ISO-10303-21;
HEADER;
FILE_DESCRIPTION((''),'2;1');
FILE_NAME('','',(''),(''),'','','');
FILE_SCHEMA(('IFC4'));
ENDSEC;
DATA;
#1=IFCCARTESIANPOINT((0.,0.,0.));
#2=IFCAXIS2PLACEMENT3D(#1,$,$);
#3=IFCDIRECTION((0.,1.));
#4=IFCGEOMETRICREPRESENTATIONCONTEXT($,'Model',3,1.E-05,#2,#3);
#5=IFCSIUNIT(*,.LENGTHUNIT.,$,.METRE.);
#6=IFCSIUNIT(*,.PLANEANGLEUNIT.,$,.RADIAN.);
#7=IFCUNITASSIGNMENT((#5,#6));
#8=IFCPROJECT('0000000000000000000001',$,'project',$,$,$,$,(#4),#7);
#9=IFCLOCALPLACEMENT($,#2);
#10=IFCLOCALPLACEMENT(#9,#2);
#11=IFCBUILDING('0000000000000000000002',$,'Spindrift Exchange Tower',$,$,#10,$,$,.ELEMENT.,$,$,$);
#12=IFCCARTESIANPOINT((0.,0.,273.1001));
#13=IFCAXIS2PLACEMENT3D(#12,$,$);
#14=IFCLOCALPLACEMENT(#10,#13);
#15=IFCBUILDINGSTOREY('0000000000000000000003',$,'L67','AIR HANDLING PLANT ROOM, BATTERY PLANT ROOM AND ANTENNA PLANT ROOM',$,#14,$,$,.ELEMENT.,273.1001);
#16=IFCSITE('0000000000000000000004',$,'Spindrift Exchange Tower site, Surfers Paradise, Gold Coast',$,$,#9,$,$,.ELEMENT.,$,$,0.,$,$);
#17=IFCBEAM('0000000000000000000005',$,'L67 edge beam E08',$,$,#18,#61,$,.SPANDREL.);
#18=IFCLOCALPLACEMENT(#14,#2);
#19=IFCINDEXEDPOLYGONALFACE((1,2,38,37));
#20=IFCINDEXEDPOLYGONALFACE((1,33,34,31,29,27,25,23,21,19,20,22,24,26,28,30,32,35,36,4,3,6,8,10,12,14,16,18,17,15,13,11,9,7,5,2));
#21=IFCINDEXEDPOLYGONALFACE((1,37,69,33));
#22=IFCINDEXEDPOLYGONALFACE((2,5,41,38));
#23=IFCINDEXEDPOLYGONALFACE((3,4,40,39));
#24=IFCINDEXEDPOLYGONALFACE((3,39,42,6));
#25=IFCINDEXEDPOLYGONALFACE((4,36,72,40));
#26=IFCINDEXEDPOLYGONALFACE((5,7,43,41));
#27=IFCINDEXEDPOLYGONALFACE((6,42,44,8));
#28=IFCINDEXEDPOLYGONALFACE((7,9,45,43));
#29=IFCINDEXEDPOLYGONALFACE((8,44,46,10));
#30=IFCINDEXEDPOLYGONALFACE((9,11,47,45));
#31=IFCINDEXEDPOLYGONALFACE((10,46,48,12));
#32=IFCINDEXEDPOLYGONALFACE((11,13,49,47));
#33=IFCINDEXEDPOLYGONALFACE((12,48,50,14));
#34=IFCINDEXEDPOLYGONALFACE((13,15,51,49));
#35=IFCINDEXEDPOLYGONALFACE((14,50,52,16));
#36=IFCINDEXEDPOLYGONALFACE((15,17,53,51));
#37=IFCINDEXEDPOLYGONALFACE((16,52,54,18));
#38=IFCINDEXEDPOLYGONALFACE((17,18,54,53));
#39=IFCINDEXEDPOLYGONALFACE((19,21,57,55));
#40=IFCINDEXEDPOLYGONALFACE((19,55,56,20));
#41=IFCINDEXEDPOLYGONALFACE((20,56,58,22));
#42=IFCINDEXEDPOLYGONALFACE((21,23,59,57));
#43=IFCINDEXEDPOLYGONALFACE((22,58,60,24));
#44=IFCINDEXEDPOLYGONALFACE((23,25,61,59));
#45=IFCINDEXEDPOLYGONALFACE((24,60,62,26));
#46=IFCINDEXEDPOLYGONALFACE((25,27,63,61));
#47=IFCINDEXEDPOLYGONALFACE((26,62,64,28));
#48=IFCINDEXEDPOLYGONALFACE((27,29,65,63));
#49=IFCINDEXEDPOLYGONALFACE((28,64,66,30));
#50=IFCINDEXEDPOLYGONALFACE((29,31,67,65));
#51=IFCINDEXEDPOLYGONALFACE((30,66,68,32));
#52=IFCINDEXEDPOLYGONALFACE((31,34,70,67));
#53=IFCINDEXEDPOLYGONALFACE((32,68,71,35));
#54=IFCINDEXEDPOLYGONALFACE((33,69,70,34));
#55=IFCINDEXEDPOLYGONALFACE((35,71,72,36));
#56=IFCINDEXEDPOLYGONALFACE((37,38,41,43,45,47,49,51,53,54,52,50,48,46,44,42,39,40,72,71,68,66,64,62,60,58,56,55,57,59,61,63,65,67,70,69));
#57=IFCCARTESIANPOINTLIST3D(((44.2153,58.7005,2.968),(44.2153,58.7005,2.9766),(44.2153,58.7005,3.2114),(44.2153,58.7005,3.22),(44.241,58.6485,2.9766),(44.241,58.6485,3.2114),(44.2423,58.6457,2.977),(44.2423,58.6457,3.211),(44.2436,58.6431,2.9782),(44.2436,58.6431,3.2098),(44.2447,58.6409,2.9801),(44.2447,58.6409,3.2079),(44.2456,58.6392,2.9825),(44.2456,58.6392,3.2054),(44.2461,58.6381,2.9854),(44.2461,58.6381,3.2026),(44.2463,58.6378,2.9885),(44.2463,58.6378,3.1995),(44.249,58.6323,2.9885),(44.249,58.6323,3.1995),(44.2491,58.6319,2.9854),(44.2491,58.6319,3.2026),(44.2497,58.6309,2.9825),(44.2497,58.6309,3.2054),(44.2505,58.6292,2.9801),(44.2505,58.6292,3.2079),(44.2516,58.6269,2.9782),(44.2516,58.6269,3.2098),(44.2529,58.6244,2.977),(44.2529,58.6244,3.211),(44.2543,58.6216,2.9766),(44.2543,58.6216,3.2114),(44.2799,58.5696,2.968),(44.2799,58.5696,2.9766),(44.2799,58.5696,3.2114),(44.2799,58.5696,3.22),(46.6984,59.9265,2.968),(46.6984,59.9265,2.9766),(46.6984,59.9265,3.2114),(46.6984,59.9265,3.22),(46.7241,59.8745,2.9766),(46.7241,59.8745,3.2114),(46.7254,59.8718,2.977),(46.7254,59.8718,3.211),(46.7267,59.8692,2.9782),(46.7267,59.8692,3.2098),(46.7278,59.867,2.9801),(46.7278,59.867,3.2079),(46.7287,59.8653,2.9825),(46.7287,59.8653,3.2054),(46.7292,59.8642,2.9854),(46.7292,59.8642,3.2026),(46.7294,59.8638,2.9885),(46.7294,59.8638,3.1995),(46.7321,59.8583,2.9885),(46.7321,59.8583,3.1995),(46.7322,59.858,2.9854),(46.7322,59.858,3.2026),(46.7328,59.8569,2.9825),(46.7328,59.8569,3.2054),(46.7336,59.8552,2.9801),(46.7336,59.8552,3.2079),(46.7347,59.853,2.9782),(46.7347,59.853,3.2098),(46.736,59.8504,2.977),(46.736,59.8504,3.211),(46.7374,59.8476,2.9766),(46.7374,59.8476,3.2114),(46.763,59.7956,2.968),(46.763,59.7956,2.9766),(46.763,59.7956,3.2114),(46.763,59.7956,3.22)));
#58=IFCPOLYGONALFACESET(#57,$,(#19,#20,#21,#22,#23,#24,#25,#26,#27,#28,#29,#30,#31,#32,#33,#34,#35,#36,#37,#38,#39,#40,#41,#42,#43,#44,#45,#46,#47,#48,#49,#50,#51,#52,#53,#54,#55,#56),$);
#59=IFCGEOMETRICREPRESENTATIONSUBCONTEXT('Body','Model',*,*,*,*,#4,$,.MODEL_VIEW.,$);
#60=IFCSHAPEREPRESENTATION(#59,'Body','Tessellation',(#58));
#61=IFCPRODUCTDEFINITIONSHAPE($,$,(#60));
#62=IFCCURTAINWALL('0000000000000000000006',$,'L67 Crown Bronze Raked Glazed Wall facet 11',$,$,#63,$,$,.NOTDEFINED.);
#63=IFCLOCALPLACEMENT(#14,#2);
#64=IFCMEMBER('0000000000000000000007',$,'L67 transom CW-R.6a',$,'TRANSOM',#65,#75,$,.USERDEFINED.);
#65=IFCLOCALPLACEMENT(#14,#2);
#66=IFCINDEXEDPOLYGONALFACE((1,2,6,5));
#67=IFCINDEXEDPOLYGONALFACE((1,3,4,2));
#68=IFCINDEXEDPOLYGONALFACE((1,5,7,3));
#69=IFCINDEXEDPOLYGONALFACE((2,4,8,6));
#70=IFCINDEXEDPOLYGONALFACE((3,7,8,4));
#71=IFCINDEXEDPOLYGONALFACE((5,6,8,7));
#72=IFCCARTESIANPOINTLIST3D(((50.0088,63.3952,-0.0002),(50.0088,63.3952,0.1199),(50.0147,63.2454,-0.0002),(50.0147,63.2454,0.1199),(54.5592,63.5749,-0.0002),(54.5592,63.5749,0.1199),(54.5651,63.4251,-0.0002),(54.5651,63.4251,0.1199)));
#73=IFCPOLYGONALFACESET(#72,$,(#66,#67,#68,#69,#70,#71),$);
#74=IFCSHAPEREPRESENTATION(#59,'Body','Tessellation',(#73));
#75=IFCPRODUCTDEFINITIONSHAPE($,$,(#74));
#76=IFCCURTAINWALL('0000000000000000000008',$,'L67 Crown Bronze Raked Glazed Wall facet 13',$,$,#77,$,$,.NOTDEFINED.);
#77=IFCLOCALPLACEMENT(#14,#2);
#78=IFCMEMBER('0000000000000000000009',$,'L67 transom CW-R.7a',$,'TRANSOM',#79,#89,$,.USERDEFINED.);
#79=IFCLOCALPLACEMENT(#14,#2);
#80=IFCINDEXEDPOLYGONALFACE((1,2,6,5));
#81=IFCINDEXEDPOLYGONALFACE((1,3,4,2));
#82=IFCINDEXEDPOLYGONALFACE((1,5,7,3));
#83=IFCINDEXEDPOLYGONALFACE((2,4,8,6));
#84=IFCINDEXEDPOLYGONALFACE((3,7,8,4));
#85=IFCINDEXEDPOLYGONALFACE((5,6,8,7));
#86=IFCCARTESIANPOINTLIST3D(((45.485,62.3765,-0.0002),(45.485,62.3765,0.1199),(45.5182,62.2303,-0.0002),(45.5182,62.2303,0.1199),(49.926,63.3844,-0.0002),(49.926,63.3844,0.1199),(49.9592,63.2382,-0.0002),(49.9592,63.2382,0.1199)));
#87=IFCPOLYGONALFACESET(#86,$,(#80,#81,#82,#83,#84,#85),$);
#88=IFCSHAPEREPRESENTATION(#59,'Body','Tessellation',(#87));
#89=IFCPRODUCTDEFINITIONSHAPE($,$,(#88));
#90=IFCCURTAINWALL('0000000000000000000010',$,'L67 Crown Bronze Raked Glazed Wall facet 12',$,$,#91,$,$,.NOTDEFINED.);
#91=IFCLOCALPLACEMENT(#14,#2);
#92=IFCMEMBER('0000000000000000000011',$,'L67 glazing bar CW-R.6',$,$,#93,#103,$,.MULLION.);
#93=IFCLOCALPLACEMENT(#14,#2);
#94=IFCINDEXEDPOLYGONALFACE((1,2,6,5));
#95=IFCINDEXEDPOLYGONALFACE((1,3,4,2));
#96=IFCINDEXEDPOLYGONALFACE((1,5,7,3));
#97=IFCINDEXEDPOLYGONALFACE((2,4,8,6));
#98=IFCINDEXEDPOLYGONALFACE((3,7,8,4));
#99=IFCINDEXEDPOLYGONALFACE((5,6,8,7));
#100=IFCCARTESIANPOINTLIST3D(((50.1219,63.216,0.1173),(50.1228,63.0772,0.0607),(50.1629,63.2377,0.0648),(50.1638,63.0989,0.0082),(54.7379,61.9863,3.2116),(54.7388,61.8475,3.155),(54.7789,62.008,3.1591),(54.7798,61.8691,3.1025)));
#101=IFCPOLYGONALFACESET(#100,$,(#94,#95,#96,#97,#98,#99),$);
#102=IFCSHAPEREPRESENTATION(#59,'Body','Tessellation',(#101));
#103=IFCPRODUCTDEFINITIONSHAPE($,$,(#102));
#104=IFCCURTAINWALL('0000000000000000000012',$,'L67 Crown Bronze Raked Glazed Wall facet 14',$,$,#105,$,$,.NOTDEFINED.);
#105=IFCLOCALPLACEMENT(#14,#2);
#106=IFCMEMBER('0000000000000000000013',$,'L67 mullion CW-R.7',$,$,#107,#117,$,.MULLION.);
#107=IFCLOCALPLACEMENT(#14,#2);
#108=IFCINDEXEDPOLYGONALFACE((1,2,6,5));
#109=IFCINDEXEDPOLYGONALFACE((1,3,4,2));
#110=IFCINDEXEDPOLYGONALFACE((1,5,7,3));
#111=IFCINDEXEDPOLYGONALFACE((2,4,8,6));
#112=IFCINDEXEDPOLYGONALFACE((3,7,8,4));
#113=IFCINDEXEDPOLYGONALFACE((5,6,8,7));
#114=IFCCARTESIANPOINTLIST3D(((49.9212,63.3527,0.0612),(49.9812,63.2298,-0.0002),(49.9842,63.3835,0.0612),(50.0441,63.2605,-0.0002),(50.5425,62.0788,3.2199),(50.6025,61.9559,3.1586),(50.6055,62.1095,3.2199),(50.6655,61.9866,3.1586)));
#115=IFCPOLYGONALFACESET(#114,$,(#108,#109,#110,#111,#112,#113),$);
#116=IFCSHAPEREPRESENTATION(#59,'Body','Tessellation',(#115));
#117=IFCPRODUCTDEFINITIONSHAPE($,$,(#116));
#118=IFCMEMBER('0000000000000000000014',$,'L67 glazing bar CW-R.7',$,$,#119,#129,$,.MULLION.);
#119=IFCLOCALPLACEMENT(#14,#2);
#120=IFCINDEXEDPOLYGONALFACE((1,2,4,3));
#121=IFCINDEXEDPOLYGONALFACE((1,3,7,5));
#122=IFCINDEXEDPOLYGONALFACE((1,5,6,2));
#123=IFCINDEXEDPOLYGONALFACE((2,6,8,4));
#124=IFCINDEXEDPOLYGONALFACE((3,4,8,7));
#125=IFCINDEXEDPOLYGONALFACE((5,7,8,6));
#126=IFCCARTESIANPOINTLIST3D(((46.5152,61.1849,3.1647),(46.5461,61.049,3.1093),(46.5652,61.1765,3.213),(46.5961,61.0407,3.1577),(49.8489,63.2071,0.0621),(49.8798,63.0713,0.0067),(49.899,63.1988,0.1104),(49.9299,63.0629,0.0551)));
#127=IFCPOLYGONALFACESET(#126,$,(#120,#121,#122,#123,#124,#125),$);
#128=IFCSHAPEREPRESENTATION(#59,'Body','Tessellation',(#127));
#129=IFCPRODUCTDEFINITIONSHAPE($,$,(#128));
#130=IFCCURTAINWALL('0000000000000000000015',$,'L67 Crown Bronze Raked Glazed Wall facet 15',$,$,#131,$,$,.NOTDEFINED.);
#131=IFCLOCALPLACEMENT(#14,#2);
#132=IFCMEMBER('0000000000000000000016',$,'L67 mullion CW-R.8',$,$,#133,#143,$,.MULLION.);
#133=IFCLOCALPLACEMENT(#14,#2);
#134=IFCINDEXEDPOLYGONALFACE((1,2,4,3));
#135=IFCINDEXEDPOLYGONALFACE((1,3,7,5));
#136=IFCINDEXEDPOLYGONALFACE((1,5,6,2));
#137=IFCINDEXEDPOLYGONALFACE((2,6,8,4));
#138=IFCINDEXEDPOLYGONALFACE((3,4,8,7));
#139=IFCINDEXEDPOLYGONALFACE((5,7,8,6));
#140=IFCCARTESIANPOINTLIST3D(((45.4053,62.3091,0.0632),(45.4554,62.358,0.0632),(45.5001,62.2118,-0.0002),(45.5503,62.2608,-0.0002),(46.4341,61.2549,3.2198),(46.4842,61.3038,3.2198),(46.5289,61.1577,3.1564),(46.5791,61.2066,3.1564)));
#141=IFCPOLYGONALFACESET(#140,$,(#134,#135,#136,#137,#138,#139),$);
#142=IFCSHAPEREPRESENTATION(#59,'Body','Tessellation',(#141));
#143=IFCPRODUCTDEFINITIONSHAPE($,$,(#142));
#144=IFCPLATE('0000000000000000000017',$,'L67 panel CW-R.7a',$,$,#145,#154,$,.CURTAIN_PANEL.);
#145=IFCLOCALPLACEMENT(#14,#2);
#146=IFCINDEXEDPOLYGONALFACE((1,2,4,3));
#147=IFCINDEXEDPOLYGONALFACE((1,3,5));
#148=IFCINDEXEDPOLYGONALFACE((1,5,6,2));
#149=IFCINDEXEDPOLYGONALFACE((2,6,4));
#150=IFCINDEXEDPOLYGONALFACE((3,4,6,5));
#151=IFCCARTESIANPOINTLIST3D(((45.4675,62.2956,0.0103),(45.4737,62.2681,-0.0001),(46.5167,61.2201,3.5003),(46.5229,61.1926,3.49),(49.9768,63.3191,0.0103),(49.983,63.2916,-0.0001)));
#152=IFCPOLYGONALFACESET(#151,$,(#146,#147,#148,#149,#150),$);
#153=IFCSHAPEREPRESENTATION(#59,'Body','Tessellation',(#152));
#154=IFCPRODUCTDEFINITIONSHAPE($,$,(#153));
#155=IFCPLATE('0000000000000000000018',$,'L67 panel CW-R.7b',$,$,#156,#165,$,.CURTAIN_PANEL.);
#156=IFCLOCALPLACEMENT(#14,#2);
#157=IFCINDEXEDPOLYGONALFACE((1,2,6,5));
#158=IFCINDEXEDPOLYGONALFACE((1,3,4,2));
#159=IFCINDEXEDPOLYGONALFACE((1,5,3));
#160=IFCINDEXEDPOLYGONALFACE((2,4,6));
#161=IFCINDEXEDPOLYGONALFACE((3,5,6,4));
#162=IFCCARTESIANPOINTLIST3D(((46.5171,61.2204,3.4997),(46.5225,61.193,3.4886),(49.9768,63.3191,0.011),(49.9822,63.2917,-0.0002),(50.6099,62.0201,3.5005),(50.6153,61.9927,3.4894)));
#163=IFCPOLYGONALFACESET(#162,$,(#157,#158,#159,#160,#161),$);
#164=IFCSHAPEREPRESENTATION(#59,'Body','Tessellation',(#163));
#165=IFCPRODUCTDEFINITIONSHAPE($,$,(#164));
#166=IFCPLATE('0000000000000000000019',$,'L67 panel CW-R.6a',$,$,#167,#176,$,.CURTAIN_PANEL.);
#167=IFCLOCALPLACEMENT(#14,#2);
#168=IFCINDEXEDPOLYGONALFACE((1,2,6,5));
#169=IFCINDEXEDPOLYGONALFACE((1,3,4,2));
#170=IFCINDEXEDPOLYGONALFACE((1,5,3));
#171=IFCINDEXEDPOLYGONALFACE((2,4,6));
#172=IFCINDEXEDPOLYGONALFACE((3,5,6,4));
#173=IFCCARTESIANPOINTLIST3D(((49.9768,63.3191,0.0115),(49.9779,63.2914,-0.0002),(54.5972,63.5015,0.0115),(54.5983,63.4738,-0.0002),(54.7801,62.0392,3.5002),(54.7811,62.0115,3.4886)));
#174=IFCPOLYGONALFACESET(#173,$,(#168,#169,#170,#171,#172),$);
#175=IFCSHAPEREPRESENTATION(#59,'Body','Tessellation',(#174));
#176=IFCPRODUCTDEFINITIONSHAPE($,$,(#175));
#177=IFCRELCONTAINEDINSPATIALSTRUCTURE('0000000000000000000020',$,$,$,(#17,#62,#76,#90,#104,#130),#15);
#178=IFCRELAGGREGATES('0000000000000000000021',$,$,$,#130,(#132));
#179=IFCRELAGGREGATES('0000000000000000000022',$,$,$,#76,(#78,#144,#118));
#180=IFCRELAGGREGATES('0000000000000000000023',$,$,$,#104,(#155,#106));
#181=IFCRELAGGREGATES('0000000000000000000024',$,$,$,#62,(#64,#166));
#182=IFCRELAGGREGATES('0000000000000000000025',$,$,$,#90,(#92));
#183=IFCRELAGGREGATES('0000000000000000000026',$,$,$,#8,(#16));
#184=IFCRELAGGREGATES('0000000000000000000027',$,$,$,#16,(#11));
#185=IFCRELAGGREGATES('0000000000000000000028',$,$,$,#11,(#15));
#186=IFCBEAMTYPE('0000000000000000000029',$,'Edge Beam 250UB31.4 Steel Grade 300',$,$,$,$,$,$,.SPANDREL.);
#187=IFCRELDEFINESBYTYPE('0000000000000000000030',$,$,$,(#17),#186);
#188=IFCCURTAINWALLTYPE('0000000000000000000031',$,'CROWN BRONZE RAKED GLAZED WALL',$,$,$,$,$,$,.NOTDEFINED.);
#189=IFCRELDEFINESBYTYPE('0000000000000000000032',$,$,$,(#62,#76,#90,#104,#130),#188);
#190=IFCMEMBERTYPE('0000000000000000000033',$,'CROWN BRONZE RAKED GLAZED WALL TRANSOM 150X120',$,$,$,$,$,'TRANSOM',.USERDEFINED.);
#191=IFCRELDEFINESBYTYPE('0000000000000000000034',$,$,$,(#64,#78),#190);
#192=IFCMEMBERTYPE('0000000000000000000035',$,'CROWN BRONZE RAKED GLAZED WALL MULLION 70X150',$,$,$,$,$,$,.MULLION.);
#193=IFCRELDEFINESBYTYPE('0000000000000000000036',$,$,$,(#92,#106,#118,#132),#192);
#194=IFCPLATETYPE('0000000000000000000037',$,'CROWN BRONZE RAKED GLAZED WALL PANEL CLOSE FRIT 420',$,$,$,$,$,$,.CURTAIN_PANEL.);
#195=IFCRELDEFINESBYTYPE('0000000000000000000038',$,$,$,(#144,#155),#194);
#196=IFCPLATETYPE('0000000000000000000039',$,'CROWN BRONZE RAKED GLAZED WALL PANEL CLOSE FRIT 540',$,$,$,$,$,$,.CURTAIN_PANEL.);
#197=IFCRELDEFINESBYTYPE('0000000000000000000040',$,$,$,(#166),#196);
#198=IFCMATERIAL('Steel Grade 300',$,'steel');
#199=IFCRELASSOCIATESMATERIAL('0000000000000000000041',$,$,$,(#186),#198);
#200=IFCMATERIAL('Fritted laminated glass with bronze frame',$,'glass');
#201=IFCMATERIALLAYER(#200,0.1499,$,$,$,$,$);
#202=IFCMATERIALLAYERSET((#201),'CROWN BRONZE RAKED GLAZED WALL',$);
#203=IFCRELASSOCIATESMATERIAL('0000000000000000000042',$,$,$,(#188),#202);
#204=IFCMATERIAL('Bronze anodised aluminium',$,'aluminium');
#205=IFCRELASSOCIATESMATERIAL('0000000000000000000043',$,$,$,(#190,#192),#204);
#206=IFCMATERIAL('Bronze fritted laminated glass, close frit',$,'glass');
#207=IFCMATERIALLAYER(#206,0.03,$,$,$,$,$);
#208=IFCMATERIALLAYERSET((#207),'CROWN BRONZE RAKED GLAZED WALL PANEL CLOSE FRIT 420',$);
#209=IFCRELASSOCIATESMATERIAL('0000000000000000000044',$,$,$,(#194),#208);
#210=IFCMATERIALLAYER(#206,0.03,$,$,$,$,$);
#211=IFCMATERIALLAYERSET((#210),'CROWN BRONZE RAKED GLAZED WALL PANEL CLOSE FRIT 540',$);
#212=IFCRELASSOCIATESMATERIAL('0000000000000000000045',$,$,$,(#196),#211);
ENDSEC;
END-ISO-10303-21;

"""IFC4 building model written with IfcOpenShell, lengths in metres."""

from ifc_helpers import new_model, si_unit, direction, frame, origin, origin_2d, place, context, subcontext, project, spatial, line, indexed_curve, rectangle, i_section, outline, extrude, source, transform, mapped, material, layer, layer_set, material_profile, profile_set, type_object, element, aggregate, save


model = new_model("IFC4")

# Units and contexts
model_context = context("Model", 3, precision=1e-05, world=origin(), true_north=direction((0.0, 1.0)))
body_context = subcontext(model_context, "Body", "Model", "MODEL_VIEW")
ifc_project = project(units=[si_unit("LENGTHUNIT", "METRE"), si_unit("PLANEANGLEUNIT", "RADIAN")], contexts=[model_context])

# Site, building, storey
site_placement = place(None, origin())
site = spatial("IfcSite", under=ifc_project, at=site_placement, Name="Spindrift Exchange Tower site, Surfers Paradise, Gold Coast", CompositionType="ELEMENT", RefElevation=0.0)
building_placement = place(site_placement, origin())
building = spatial("IfcBuilding", under=site, at=building_placement, Name="Spindrift Exchange Tower", CompositionType="ELEMENT")
storey_placement = place(building_placement, frame((0.0, 0.0, 273.1001)))
storey = spatial("IfcBuildingStorey", under=building, at=storey_placement, Name="L67", Description="AIR HANDLING PLANT ROOM, BATTERY PLANT ROOM AND ANTENNA PLANT ROOM", CompositionType="ELEMENT", Elevation=273.1001)

# Beam
ifc_material_1 = material(Name="Steel Grade 300", Category="steel")
ifc_material_profile_1 = material_profile(ifc_material_1, i_section(OverallWidth=0.146, OverallDepth=0.252, WebThickness=0.0061, FlangeThickness=0.0085, FilletRadius=0.012, at=origin_2d()), Name="250UB31.4")
ifc_profile_set_1 = profile_set([ifc_material_profile_1], Name="Steel Grade 300")
beam_type = type_object("IfcBeamType", Name="Edge Beam 250UB31.4 Steel Grade 300", PredefinedType="SPANDREL", material=ifc_profile_set_1)
shared_shape_1 = source(origin(), body_context, "Body", "SweptSolid", [
    extrude(i_section(OverallWidth=0.146, OverallDepth=0.252, WebThickness=0.0061, FlangeThickness=0.0085, FilletRadius=0.012, at=origin_2d()), origin(), (0.0, 0.0, 1.0), 2.7693),
])
beam_1_placement = place(storey_placement, frame((46.7307, 59.8611, 3.094), z_axis=(-0.896655, -0.44273, 0.0), x_axis=(0.44273, -0.896655, 0.0)))
element("IfcBeam", 1, at=beam_1_placement, inside=storey, type_object=beam_type, Name="L67 edge beam E08", PredefinedType="SPANDREL", context=body_context, shape_type="MappedRepresentation", body=[
    mapped(shared_shape_1, transform((0.0, 0.0, 0.0), scale=1.0)),
])

# Curtain walls, members
ifc_material_2 = material(Name="Fritted laminated glass with bronze frame", Category="glass")
ifc_layer_1 = layer(ifc_material_2, 0.1499)
ifc_layer_set_1 = layer_set([ifc_layer_1], Name="CROWN BRONZE RAKED GLAZED WALL")
curtain_wall_type = type_object("IfcCurtainWallType", Name="CROWN BRONZE RAKED GLAZED WALL", PredefinedType="NOTDEFINED", material=ifc_layer_set_1)
curtain_wall_1_placement = place(storey_placement, origin())
curtain_wall_1 = element("IfcCurtainWall", 2, at=curtain_wall_1_placement, inside=storey, type_object=curtain_wall_type, Name="L67 Crown Bronze Raked Glazed Wall facet 11", PredefinedType="NOTDEFINED")
ifc_material_3 = material(Name="Bronze anodised aluminium", Category="aluminium")
ifc_material_profile_2 = material_profile(ifc_material_3, rectangle(XDim=0.1499, YDim=0.1201, at=origin_2d()), Name="CROWN BRONZE RAKED GLAZED WALL TRANSOM 150X120")
ifc_profile_set_2 = profile_set([ifc_material_profile_2], Name="Bronze anodised aluminium")
member_type_1 = type_object("IfcMemberType", Name="CROWN BRONZE RAKED GLAZED WALL TRANSOM 150X120", ElementType="TRANSOM", PredefinedType="USERDEFINED", material=ifc_profile_set_2)
shared_shape_2 = source(origin(), body_context, "Body", "SweptSolid", [
    extrude(rectangle(XDim=0.1499, YDim=0.1201, at=origin_2d()), origin(), (0.0, 0.0, 1.0), 4.554),
])
member_1_placement = place(storey_placement, frame((50.0117, 63.3203, 0.0598), z_axis=(0.999221, 0.039458, 0.0), x_axis=(-0.039458, 0.999221, 0.0)))
member_1 = element("IfcMember", 3, at=member_1_placement, type_object=member_type_1, Name="L67 transom CW-R.6a", ObjectType="TRANSOM", PredefinedType="USERDEFINED", context=body_context, shape_type="MappedRepresentation", body=[
    mapped(shared_shape_2, transform((0.0, 0.0, 0.0), scale=1.0)),
])
curtain_wall_2_placement = place(storey_placement, origin())
curtain_wall_2 = element("IfcCurtainWall", 4, at=curtain_wall_2_placement, inside=storey, type_object=curtain_wall_type, Name="L67 Crown Bronze Raked Glazed Wall facet 13", PredefinedType="NOTDEFINED")
member_2_placement = place(storey_placement, frame((49.9426, 63.3113, 0.0598), z_axis=(-0.975203, -0.221311, 0.0), x_axis=(0.221311, -0.975203, 0.0)))
member_2 = element("IfcMember", 5, at=member_2_placement, type_object=member_type_1, Name="L67 transom CW-R.7a", ObjectType="TRANSOM", PredefinedType="USERDEFINED", context=body_context, shape_type="MappedRepresentation", body=[
    mapped(shared_shape_2, transform((0.0, 0.0, 0.0), scale=1.0)),
])
curtain_wall_3_placement = place(storey_placement, origin())
curtain_wall_3 = element("IfcCurtainWall", 6, at=curtain_wall_3_placement, inside=storey, type_object=curtain_wall_type, Name="L67 Crown Bronze Raked Glazed Wall facet 12", PredefinedType="NOTDEFINED")
ifc_material_profile_3 = material_profile(ifc_material_3, rectangle(XDim=0.0701, YDim=0.1499, at=origin_2d()), Name="CROWN BRONZE RAKED GLAZED WALL MULLION 70X150")
ifc_profile_set_3 = profile_set([ifc_material_profile_3], Name="Bronze anodised aluminium")
member_type_2 = type_object("IfcMemberType", Name="CROWN BRONZE RAKED GLAZED WALL MULLION 70X150", PredefinedType="MULLION", material=ifc_profile_set_3)
shared_shape_3 = source(origin(), body_context, "Body", "SweptSolid", [
    extrude(rectangle(XDim=0.0701, YDim=0.1499, at=origin_2d()), origin(), (0.0, 0.0, 1.0), 5.6917),
])
member_3_placement = place(storey_placement, frame((50.1428, 63.1575, 0.0627), z_axis=(0.811021, -0.216064, 0.543655), x_axis=(0.584983, 0.309393, -0.749714)))
member_3 = element("IfcMember", 7, at=member_3_placement, type_object=member_type_2, Name="L67 glazing bar CW-R.6", PredefinedType="MULLION", context=body_context, shape_type="MappedRepresentation", body=[
    mapped(shared_shape_3, transform((0.0, 0.0, 0.0), scale=1.0)),
])
curtain_wall_4_placement = place(storey_placement, origin())
curtain_wall_4 = element("IfcCurtainWall", 8, at=curtain_wall_4_placement, inside=storey, type_object=curtain_wall_type, Name="L67 Crown Bronze Raked Glazed Wall facet 14", PredefinedType="NOTDEFINED")
shared_shape_4 = source(origin(), body_context, "Body", "SweptSolid", [
    extrude(rectangle(XDim=0.0701, YDim=0.1499, at=origin_2d()), origin(), (0.0, 0.0, 1.0), 3.4622),
])
member_4_placement = place(storey_placement, frame((49.9827, 63.3066, 0.0305), z_axis=(0.179467, -0.367961, 0.912357), x_axis=(0.898793, 0.438373, 0.0)))
member_4 = element("IfcMember", 9, at=member_4_placement, type_object=member_type_2, Name="L67 mullion CW-R.7", PredefinedType="MULLION", context=body_context, shape_type="MappedRepresentation", body=[
    mapped(shared_shape_4, transform((0.0, 0.0, 0.0), scale=1.0)),
])

# Member
shared_shape_5 = source(origin(), body_context, "Body", "SweptSolid", [
    extrude(rectangle(XDim=0.0701, YDim=0.1499, at=origin_2d()), origin(), (0.0, 0.0, 1.0), 4.9829),
])
member_5_placement = place(storey_placement, frame((49.8894, 63.135, 0.0586), z_axis=(-0.669041, -0.405834, 0.622642), x_axis=(0.714102, -0.118791, 0.689889)))
member_5 = element("IfcMember", 10, at=member_5_placement, type_object=member_type_2, Name="L67 glazing bar CW-R.7", PredefinedType="MULLION", context=body_context, shape_type="MappedRepresentation", body=[
    mapped(shared_shape_5, transform((0.0, 0.0, 0.0), scale=1.0)),
])

# Curtain wall, member
curtain_wall_5_placement = place(storey_placement, origin())
curtain_wall_5 = element("IfcCurtainWall", 11, at=curtain_wall_5_placement, inside=storey, type_object=curtain_wall_type, Name="L67 Crown Bronze Raked Glazed Wall facet 15", PredefinedType="NOTDEFINED")
shared_shape_6 = source(origin(), body_context, "Body", "SweptSolid", [
    extrude(rectangle(XDim=0.0701, YDim=0.1499, at=origin_2d()), origin(), (0.0, 0.0, 1.0), 3.4834),
])
member_6_placement = place(storey_placement, frame((45.4778, 62.2849, 0.0315), z_axis=(0.295338, -0.302626, 0.906197), x_axis=(0.715673, 0.698436, 0.0)))
member_6 = element("IfcMember", 12, at=member_6_placement, type_object=member_type_2, Name="L67 mullion CW-R.8", PredefinedType="MULLION", context=body_context, shape_type="MappedRepresentation", body=[
    mapped(shared_shape_6, transform((0.0, 0.0, 0.0), scale=1.0)),
])
aggregate(curtain_wall_5, [member_6])

# Plates
ifc_material_4 = material(Name="Bronze fritted laminated glass, close frit", Category="glass")
ifc_layer_2 = layer(ifc_material_4, 0.03)
ifc_layer_set_2 = layer_set([ifc_layer_2], Name="CROWN BRONZE RAKED GLAZED WALL PANEL CLOSE FRIT 420")
plate_type_1 = type_object("IfcPlateType", Name="CROWN BRONZE RAKED GLAZED WALL PANEL CLOSE FRIT 420", PredefinedType="CURTAIN_PANEL", material=ifc_layer_set_2)
plate_1_placement = place(storey_placement, frame((49.9768, 63.3191, 0.0103), z_axis=(-0.207777, 0.915468, 0.344597), x_axis=(-0.975198, -0.221334, 0.0)))
plate_1 = element("IfcPlate", 13, at=plate_1_placement, type_object=plate_type_1, Name="L67 panel CW-R.7a", PredefinedType="CURTAIN_PANEL", context=body_context, shape_type="SweptSolid", body=[
    extrude(outline(indexed_curve([(0.0, 0.0), (4.624, 0.0), (3.8389, 3.7178)], segments=[line(1, 2, 3, 1)], self_intersect=False)), origin(), (0.0, 0.0, -1.0), 0.03),
])
aggregate(curtain_wall_2, [member_2, plate_1, member_5])
plate_2_placement = place(storey_placement, frame((49.9768, 63.3191, 0.011), z_axis=(-0.178106, 0.911183, 0.371515), x_axis=(-0.647544, -0.392812, 0.652982)))
plate_2 = element("IfcPlate", 14, at=plate_2_placement, type_object=plate_type_1, Name="L67 panel CW-R.7b", PredefinedType="CURTAIN_PANEL", context=body_context, shape_type="SweptSolid", body=[
    extrude(outline(indexed_curve([(0.0, 0.0), (5.3428, 0.0), (2.3789, 2.9336)], segments=[line(1, 2, 3, 1)], self_intersect=False)), origin(), (0.0, 0.0, -1.0), 0.03),
])
aggregate(curtain_wall_4, [plate_2, member_4])
ifc_layer_3 = layer(ifc_material_4, 0.03)
ifc_layer_set_3 = layer_set([ifc_layer_3], Name="CROWN BRONZE RAKED GLAZED WALL PANEL CLOSE FRIT 540")
plate_type_2 = type_object("IfcPlateType", Name="CROWN BRONZE RAKED GLAZED WALL PANEL CLOSE FRIT 540", PredefinedType="CURTAIN_PANEL", material=ifc_layer_set_3)
plate_3_placement = place(storey_placement, frame((49.9768, 63.3191, 0.0115), z_axis=(-0.036354, 0.920974, 0.387924), x_axis=(0.999222, 0.039443, 0.0)))
plate_3 = element("IfcPlate", 15, at=plate_3_placement, type_object=plate_type_2, Name="L67 panel CW-R.6a", PredefinedType="CURTAIN_PANEL", context=body_context, shape_type="SweptSolid", body=[
    extrude(outline(indexed_curve([(0.0, 0.0), (4.624, 0.0), (4.749, -3.7852)], segments=[line(1, 2, 3, 1)], self_intersect=False)), origin(), (0.0, 0.0, -1.0), 0.03),
])
aggregate(curtain_wall_1, [member_1, plate_3])
aggregate(curtain_wall_3, [member_3])

save(model, "model.ifc")
